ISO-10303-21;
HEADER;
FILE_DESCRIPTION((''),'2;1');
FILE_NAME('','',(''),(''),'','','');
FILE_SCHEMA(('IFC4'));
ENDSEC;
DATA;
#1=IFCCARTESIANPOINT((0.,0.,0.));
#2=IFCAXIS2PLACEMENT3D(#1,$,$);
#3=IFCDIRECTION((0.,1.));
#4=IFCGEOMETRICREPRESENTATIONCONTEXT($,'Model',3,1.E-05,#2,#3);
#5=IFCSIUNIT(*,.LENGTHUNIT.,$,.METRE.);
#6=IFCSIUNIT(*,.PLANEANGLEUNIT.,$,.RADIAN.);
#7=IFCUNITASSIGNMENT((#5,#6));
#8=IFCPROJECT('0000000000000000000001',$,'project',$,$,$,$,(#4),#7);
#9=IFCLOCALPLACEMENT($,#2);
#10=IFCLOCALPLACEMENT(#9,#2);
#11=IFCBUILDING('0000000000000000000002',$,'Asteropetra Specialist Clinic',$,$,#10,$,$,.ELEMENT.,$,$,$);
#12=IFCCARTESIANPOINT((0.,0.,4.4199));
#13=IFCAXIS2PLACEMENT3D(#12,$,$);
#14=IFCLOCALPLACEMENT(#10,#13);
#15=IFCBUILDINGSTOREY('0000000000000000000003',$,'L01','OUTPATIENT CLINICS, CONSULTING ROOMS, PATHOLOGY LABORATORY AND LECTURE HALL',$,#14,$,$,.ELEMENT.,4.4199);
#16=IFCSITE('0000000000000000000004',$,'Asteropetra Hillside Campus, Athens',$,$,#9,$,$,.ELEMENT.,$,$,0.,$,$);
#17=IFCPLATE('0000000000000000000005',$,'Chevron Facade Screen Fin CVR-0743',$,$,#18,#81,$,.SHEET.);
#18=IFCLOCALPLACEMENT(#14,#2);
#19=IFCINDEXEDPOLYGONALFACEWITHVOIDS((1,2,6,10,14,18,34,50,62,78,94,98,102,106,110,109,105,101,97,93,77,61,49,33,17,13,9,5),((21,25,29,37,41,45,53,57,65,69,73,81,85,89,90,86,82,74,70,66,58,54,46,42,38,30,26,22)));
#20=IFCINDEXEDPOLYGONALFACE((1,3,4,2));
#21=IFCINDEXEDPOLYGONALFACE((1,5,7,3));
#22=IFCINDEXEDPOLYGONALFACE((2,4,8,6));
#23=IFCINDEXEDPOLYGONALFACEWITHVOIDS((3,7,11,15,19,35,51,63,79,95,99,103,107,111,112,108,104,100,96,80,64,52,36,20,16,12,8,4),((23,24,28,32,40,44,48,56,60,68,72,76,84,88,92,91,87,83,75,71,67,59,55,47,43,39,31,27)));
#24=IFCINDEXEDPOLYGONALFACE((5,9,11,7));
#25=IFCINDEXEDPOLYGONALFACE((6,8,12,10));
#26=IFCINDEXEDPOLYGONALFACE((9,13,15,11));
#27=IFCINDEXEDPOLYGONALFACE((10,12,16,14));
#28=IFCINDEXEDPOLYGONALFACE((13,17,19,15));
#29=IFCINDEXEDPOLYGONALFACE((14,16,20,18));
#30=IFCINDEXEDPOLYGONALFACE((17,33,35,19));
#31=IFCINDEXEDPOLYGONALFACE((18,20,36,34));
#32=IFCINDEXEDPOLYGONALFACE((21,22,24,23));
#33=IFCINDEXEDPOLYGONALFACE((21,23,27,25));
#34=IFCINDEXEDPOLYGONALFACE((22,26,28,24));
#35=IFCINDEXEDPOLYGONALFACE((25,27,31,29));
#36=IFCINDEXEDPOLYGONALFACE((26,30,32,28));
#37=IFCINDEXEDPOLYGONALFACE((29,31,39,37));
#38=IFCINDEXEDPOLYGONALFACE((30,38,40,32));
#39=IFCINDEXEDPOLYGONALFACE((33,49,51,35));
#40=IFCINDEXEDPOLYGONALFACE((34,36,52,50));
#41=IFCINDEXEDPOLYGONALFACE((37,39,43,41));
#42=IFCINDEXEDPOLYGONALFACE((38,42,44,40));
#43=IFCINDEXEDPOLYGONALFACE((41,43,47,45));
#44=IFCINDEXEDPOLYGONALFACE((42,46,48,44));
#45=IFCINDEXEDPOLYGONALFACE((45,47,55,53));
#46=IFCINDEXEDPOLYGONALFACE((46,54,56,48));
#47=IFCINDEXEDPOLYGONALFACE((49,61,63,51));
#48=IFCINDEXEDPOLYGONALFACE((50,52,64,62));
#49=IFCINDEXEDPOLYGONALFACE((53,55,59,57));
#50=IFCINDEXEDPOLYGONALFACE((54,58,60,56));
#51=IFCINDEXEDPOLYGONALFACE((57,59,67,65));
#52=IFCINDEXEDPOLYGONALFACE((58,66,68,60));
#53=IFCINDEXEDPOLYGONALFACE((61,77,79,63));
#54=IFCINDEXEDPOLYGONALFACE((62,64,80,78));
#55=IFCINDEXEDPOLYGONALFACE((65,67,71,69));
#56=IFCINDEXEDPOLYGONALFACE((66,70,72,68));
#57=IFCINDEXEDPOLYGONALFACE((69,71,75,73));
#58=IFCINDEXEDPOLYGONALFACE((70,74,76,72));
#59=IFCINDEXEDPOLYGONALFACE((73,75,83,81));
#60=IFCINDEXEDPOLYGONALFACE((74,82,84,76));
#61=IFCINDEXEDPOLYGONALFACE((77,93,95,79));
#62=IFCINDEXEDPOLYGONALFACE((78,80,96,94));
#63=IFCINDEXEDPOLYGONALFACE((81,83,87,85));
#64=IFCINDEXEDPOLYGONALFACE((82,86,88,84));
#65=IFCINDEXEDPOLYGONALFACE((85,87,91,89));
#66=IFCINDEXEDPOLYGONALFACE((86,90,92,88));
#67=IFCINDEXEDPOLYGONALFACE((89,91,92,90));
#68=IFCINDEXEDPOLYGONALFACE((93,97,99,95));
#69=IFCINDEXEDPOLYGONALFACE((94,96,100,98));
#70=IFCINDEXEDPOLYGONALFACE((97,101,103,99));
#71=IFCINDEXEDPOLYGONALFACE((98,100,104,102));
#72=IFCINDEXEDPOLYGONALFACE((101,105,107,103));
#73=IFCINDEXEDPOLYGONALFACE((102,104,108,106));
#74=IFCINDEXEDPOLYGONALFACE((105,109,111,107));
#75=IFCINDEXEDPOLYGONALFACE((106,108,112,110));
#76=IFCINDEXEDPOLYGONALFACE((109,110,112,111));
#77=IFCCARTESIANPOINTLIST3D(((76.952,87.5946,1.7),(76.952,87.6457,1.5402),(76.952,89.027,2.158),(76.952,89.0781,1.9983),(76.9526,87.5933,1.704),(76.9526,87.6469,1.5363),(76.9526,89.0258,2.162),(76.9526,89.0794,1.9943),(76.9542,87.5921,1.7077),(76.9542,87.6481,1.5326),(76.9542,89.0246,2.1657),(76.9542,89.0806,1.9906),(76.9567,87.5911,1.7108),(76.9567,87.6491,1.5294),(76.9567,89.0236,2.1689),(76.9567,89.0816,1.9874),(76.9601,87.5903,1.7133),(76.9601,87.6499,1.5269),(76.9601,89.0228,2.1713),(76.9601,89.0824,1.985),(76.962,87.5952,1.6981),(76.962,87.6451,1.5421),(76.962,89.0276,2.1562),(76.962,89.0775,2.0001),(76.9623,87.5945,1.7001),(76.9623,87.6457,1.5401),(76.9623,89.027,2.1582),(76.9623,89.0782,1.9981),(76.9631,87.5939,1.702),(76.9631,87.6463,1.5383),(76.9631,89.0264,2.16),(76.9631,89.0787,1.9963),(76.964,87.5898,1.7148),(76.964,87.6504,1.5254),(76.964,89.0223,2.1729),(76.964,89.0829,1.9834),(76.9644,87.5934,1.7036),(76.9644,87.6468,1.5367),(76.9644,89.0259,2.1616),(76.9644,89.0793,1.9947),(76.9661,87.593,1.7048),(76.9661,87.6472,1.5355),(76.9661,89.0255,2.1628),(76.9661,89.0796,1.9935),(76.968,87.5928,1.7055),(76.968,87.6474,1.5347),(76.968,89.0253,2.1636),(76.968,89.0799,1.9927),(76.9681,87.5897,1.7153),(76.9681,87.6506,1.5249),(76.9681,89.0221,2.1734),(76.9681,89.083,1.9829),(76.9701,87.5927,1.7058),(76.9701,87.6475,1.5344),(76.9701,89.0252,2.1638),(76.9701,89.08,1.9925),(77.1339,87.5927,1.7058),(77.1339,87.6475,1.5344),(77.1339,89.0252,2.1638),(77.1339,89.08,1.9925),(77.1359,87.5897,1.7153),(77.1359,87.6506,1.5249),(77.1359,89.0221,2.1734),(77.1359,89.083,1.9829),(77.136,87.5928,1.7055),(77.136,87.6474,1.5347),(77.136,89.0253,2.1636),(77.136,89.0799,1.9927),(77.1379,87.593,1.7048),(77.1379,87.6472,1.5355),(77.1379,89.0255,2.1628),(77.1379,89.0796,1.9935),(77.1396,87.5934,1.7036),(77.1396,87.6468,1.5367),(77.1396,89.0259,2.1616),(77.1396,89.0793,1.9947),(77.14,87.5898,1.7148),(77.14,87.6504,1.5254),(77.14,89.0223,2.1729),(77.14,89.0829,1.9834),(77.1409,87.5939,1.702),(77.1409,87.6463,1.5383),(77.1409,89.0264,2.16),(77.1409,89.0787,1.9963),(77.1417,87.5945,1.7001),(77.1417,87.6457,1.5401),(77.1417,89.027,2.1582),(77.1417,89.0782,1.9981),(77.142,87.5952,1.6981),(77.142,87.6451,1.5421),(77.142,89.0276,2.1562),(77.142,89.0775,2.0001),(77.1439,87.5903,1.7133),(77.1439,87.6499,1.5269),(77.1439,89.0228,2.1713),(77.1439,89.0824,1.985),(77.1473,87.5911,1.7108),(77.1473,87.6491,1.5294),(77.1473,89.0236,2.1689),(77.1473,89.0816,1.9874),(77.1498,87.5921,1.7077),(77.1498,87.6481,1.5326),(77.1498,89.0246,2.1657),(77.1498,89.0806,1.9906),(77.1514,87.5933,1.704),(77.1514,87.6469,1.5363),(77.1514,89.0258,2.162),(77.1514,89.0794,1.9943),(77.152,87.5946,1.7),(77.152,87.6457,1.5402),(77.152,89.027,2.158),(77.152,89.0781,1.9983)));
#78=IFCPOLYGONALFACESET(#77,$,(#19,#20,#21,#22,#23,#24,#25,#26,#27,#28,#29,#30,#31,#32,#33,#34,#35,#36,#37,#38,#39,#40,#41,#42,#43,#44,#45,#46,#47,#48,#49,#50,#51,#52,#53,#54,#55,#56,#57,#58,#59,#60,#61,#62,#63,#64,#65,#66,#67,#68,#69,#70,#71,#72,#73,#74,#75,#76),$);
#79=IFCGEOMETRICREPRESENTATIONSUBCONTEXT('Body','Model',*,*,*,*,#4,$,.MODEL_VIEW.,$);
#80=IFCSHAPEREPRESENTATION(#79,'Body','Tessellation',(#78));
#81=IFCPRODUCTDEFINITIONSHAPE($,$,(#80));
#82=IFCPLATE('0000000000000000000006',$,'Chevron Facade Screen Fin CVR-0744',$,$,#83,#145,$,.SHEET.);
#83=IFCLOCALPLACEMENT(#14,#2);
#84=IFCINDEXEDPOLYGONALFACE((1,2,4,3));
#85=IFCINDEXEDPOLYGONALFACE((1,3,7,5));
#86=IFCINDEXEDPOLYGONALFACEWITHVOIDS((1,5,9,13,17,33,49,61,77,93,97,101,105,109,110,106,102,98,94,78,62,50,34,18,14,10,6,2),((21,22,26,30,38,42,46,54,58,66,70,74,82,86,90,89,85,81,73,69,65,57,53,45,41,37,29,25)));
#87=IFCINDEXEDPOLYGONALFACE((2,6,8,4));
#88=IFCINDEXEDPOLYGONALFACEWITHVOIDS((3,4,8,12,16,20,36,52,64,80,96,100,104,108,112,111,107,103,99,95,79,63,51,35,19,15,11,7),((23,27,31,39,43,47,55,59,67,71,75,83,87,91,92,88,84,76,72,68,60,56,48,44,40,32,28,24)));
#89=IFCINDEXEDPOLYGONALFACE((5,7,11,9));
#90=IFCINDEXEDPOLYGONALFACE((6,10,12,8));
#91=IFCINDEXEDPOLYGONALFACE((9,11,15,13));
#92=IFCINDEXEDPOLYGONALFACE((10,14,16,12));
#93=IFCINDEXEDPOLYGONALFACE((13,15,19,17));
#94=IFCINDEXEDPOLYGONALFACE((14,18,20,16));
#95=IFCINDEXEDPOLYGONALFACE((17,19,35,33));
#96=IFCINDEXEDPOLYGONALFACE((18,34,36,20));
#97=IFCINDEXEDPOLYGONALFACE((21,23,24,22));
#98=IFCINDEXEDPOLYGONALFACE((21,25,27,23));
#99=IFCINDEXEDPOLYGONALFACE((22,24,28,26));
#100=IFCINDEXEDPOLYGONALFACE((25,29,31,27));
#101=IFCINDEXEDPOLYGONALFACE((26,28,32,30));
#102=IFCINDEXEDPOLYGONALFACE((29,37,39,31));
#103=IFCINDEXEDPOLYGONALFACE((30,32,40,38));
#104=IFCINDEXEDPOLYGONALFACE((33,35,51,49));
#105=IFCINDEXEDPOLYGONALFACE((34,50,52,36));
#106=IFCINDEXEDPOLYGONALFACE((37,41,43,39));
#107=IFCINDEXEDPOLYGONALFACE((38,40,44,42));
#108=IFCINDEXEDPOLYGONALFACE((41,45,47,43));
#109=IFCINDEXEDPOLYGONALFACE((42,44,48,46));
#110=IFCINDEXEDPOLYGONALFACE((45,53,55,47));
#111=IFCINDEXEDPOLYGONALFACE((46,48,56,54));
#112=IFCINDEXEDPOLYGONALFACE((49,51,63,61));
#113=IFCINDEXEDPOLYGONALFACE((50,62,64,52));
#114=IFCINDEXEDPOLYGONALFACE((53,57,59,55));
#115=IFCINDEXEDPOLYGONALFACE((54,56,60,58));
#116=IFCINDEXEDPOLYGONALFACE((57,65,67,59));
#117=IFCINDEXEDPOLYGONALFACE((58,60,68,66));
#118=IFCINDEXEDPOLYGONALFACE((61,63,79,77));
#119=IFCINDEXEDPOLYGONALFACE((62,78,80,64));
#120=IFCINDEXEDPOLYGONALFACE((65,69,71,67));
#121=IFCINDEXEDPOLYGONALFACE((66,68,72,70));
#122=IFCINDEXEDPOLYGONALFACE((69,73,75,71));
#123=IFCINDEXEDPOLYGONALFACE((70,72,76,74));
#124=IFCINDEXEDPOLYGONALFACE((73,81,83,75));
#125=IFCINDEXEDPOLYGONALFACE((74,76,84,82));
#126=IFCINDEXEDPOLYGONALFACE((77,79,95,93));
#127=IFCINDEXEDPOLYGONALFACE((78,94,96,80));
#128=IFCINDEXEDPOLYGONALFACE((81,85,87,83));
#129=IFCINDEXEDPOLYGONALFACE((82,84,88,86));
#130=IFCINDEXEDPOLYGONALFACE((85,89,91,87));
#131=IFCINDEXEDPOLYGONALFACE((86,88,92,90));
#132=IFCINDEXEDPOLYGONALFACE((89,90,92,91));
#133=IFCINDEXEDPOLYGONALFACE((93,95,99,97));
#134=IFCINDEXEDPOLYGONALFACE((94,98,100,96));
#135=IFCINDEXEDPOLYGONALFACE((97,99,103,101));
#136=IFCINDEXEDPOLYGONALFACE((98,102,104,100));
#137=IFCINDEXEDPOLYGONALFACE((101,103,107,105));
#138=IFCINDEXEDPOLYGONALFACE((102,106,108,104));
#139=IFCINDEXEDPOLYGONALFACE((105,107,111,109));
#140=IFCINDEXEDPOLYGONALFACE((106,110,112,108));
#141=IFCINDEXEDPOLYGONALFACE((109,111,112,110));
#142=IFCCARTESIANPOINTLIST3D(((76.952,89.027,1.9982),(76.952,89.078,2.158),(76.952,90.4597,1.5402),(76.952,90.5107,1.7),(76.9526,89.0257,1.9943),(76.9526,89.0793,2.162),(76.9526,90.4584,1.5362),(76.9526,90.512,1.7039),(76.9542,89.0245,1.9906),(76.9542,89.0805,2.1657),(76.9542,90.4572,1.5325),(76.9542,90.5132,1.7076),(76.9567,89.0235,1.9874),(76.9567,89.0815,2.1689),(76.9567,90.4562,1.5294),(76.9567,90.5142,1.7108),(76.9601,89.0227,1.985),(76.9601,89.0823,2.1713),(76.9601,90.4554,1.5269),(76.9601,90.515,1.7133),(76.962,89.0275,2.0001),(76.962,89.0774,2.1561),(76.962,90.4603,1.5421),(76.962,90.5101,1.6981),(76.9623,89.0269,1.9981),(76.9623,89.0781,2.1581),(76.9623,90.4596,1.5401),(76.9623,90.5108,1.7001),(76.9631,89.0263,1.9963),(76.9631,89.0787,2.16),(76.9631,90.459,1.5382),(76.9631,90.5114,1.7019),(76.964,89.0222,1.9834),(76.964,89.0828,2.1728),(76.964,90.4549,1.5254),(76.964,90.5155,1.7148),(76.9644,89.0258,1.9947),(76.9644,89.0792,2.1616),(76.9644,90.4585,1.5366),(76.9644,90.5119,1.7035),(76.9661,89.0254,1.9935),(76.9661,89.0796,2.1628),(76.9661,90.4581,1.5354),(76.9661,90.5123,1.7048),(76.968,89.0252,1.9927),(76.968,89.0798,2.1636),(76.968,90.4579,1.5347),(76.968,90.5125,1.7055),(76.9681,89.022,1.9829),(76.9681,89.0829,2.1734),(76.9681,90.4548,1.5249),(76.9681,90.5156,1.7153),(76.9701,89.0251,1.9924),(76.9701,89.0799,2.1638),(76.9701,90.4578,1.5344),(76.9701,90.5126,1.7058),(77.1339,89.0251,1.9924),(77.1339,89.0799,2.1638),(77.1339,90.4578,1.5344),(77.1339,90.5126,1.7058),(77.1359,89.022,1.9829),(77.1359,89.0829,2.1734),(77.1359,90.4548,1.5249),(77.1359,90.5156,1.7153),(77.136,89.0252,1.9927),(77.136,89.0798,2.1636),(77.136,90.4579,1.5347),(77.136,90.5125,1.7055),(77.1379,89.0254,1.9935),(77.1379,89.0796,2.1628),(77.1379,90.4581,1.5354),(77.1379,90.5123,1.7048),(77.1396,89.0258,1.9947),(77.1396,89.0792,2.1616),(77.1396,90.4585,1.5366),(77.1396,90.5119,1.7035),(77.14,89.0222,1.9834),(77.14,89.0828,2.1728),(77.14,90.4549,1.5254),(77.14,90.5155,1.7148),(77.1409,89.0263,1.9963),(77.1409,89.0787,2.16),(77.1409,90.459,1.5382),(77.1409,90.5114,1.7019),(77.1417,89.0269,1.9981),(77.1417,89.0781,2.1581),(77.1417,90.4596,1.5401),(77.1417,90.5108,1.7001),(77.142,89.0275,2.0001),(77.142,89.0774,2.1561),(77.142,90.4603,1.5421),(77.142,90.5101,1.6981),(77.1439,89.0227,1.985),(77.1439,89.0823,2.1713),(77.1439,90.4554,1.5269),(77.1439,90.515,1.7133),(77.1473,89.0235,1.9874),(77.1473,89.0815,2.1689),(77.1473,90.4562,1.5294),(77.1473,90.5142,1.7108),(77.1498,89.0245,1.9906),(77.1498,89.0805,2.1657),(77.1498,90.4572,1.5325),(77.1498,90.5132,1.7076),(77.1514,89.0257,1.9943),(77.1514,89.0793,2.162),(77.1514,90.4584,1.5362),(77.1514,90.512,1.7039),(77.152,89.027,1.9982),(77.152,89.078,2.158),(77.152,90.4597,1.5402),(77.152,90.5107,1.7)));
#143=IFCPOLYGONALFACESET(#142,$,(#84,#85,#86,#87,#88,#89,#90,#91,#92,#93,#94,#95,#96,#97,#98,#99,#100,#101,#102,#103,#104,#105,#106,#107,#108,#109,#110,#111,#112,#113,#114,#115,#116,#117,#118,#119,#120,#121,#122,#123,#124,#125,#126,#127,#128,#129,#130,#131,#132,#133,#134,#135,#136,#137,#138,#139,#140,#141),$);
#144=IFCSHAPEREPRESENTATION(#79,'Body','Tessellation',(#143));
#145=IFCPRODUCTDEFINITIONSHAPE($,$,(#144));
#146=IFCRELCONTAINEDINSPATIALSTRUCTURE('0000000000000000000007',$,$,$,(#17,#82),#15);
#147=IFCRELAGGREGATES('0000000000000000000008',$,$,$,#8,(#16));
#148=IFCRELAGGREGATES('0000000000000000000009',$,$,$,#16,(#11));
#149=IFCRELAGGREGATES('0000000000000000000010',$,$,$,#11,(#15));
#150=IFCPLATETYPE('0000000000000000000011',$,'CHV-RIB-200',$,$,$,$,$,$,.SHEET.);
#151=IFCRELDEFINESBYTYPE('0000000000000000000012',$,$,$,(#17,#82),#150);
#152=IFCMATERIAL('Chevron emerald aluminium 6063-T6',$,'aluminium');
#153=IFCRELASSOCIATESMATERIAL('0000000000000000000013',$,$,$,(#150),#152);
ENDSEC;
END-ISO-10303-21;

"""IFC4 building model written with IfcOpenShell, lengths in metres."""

from ifc_helpers import new_model, si_unit, direction, frame, origin, origin_2d, place, context, subcontext, project, spatial, hollow_rectangle, extrude, material, material_profile, profile_set, type_object, element, save


model = new_model("IFC4")

# Units and contexts
model_context = context("Model", 3, precision=1e-05, world=origin(), true_north=direction((0.0, 1.0)))
body_context = subcontext(model_context, "Body", "Model", "MODEL_VIEW")
ifc_project = project(units=[si_unit("LENGTHUNIT", "METRE"), si_unit("PLANEANGLEUNIT", "RADIAN")], contexts=[model_context])

# Site, building, storey
site_placement = place(None, origin())
site = spatial("IfcSite", under=ifc_project, at=site_placement, Name="Asteropetra Hillside Campus, Athens", CompositionType="ELEMENT", RefElevation=0.0)
building_placement = place(site_placement, origin())
building = spatial("IfcBuilding", under=site, at=building_placement, Name="Asteropetra Specialist Clinic", CompositionType="ELEMENT")
storey_placement = place(building_placement, frame((0.0, 0.0, 4.4199)))
storey = spatial("IfcBuildingStorey", under=building, at=storey_placement, Name="L01", Description="OUTPATIENT CLINICS, CONSULTING ROOMS, PATHOLOGY LABORATORY AND LECTURE HALL", CompositionType="ELEMENT", Elevation=4.4199)

# Plates
ifc_material_1 = material(Name="Chevron emerald aluminium 6063-T6", Category="aluminium")
ifc_material_profile_1 = material_profile(ifc_material_1, hollow_rectangle(XDim=0.2, YDim=0.2, WallThickness=0.01, InnerFilletRadius=0.0081, OuterFilletRadius=0.0161, at=origin_2d()), Name="SHS 200x200x10.0")
ifc_profile_set_1 = profile_set([ifc_material_profile_1], Name="Chevron emerald aluminium 6063-T6")
plate_type_1 = type_object("IfcPlateType", Name="CHV-RIB-200", PredefinedType="SHEET", material=ifc_profile_set_1)
plate_1_placement = place(storey_placement, frame((77.052, 87.6201, 1.6201), z_axis=(0.0, 0.952492, 0.304564), x_axis=(-1.0, 0.0, 0.0)))
element("IfcPlate", 1, at=plate_1_placement, inside=storey, type_object=plate_type_1, Name="Chevron Facade Screen Fin CVR-0743", PredefinedType="SHEET", context=body_context, shape_type="SweptSolid", body=[
    extrude(hollow_rectangle(XDim=0.2, YDim=0.2, WallThickness=0.01, InnerFilletRadius=0.0081, OuterFilletRadius=0.0161, at=origin_2d()), origin(), (0.0, 0.0, 1.0), 1.5039),
])
plate_2_placement = place(storey_placement, frame((77.052, 89.0525, 2.0781), z_axis=(0.0, 0.952507, -0.304517), x_axis=(-1.0, 0.0, 0.0)))
element("IfcPlate", 2, at=plate_2_placement, inside=storey, type_object=plate_type_1, Name="Chevron Facade Screen Fin CVR-0744", PredefinedType="SHEET", context=body_context, shape_type="SweptSolid", body=[
    extrude(hollow_rectangle(XDim=0.2, YDim=0.2, WallThickness=0.01, InnerFilletRadius=0.0081, OuterFilletRadius=0.0161, at=origin_2d()), origin(), (0.0, 0.0, 1.0), 1.5042),
])

save(model, "model.ifc")
